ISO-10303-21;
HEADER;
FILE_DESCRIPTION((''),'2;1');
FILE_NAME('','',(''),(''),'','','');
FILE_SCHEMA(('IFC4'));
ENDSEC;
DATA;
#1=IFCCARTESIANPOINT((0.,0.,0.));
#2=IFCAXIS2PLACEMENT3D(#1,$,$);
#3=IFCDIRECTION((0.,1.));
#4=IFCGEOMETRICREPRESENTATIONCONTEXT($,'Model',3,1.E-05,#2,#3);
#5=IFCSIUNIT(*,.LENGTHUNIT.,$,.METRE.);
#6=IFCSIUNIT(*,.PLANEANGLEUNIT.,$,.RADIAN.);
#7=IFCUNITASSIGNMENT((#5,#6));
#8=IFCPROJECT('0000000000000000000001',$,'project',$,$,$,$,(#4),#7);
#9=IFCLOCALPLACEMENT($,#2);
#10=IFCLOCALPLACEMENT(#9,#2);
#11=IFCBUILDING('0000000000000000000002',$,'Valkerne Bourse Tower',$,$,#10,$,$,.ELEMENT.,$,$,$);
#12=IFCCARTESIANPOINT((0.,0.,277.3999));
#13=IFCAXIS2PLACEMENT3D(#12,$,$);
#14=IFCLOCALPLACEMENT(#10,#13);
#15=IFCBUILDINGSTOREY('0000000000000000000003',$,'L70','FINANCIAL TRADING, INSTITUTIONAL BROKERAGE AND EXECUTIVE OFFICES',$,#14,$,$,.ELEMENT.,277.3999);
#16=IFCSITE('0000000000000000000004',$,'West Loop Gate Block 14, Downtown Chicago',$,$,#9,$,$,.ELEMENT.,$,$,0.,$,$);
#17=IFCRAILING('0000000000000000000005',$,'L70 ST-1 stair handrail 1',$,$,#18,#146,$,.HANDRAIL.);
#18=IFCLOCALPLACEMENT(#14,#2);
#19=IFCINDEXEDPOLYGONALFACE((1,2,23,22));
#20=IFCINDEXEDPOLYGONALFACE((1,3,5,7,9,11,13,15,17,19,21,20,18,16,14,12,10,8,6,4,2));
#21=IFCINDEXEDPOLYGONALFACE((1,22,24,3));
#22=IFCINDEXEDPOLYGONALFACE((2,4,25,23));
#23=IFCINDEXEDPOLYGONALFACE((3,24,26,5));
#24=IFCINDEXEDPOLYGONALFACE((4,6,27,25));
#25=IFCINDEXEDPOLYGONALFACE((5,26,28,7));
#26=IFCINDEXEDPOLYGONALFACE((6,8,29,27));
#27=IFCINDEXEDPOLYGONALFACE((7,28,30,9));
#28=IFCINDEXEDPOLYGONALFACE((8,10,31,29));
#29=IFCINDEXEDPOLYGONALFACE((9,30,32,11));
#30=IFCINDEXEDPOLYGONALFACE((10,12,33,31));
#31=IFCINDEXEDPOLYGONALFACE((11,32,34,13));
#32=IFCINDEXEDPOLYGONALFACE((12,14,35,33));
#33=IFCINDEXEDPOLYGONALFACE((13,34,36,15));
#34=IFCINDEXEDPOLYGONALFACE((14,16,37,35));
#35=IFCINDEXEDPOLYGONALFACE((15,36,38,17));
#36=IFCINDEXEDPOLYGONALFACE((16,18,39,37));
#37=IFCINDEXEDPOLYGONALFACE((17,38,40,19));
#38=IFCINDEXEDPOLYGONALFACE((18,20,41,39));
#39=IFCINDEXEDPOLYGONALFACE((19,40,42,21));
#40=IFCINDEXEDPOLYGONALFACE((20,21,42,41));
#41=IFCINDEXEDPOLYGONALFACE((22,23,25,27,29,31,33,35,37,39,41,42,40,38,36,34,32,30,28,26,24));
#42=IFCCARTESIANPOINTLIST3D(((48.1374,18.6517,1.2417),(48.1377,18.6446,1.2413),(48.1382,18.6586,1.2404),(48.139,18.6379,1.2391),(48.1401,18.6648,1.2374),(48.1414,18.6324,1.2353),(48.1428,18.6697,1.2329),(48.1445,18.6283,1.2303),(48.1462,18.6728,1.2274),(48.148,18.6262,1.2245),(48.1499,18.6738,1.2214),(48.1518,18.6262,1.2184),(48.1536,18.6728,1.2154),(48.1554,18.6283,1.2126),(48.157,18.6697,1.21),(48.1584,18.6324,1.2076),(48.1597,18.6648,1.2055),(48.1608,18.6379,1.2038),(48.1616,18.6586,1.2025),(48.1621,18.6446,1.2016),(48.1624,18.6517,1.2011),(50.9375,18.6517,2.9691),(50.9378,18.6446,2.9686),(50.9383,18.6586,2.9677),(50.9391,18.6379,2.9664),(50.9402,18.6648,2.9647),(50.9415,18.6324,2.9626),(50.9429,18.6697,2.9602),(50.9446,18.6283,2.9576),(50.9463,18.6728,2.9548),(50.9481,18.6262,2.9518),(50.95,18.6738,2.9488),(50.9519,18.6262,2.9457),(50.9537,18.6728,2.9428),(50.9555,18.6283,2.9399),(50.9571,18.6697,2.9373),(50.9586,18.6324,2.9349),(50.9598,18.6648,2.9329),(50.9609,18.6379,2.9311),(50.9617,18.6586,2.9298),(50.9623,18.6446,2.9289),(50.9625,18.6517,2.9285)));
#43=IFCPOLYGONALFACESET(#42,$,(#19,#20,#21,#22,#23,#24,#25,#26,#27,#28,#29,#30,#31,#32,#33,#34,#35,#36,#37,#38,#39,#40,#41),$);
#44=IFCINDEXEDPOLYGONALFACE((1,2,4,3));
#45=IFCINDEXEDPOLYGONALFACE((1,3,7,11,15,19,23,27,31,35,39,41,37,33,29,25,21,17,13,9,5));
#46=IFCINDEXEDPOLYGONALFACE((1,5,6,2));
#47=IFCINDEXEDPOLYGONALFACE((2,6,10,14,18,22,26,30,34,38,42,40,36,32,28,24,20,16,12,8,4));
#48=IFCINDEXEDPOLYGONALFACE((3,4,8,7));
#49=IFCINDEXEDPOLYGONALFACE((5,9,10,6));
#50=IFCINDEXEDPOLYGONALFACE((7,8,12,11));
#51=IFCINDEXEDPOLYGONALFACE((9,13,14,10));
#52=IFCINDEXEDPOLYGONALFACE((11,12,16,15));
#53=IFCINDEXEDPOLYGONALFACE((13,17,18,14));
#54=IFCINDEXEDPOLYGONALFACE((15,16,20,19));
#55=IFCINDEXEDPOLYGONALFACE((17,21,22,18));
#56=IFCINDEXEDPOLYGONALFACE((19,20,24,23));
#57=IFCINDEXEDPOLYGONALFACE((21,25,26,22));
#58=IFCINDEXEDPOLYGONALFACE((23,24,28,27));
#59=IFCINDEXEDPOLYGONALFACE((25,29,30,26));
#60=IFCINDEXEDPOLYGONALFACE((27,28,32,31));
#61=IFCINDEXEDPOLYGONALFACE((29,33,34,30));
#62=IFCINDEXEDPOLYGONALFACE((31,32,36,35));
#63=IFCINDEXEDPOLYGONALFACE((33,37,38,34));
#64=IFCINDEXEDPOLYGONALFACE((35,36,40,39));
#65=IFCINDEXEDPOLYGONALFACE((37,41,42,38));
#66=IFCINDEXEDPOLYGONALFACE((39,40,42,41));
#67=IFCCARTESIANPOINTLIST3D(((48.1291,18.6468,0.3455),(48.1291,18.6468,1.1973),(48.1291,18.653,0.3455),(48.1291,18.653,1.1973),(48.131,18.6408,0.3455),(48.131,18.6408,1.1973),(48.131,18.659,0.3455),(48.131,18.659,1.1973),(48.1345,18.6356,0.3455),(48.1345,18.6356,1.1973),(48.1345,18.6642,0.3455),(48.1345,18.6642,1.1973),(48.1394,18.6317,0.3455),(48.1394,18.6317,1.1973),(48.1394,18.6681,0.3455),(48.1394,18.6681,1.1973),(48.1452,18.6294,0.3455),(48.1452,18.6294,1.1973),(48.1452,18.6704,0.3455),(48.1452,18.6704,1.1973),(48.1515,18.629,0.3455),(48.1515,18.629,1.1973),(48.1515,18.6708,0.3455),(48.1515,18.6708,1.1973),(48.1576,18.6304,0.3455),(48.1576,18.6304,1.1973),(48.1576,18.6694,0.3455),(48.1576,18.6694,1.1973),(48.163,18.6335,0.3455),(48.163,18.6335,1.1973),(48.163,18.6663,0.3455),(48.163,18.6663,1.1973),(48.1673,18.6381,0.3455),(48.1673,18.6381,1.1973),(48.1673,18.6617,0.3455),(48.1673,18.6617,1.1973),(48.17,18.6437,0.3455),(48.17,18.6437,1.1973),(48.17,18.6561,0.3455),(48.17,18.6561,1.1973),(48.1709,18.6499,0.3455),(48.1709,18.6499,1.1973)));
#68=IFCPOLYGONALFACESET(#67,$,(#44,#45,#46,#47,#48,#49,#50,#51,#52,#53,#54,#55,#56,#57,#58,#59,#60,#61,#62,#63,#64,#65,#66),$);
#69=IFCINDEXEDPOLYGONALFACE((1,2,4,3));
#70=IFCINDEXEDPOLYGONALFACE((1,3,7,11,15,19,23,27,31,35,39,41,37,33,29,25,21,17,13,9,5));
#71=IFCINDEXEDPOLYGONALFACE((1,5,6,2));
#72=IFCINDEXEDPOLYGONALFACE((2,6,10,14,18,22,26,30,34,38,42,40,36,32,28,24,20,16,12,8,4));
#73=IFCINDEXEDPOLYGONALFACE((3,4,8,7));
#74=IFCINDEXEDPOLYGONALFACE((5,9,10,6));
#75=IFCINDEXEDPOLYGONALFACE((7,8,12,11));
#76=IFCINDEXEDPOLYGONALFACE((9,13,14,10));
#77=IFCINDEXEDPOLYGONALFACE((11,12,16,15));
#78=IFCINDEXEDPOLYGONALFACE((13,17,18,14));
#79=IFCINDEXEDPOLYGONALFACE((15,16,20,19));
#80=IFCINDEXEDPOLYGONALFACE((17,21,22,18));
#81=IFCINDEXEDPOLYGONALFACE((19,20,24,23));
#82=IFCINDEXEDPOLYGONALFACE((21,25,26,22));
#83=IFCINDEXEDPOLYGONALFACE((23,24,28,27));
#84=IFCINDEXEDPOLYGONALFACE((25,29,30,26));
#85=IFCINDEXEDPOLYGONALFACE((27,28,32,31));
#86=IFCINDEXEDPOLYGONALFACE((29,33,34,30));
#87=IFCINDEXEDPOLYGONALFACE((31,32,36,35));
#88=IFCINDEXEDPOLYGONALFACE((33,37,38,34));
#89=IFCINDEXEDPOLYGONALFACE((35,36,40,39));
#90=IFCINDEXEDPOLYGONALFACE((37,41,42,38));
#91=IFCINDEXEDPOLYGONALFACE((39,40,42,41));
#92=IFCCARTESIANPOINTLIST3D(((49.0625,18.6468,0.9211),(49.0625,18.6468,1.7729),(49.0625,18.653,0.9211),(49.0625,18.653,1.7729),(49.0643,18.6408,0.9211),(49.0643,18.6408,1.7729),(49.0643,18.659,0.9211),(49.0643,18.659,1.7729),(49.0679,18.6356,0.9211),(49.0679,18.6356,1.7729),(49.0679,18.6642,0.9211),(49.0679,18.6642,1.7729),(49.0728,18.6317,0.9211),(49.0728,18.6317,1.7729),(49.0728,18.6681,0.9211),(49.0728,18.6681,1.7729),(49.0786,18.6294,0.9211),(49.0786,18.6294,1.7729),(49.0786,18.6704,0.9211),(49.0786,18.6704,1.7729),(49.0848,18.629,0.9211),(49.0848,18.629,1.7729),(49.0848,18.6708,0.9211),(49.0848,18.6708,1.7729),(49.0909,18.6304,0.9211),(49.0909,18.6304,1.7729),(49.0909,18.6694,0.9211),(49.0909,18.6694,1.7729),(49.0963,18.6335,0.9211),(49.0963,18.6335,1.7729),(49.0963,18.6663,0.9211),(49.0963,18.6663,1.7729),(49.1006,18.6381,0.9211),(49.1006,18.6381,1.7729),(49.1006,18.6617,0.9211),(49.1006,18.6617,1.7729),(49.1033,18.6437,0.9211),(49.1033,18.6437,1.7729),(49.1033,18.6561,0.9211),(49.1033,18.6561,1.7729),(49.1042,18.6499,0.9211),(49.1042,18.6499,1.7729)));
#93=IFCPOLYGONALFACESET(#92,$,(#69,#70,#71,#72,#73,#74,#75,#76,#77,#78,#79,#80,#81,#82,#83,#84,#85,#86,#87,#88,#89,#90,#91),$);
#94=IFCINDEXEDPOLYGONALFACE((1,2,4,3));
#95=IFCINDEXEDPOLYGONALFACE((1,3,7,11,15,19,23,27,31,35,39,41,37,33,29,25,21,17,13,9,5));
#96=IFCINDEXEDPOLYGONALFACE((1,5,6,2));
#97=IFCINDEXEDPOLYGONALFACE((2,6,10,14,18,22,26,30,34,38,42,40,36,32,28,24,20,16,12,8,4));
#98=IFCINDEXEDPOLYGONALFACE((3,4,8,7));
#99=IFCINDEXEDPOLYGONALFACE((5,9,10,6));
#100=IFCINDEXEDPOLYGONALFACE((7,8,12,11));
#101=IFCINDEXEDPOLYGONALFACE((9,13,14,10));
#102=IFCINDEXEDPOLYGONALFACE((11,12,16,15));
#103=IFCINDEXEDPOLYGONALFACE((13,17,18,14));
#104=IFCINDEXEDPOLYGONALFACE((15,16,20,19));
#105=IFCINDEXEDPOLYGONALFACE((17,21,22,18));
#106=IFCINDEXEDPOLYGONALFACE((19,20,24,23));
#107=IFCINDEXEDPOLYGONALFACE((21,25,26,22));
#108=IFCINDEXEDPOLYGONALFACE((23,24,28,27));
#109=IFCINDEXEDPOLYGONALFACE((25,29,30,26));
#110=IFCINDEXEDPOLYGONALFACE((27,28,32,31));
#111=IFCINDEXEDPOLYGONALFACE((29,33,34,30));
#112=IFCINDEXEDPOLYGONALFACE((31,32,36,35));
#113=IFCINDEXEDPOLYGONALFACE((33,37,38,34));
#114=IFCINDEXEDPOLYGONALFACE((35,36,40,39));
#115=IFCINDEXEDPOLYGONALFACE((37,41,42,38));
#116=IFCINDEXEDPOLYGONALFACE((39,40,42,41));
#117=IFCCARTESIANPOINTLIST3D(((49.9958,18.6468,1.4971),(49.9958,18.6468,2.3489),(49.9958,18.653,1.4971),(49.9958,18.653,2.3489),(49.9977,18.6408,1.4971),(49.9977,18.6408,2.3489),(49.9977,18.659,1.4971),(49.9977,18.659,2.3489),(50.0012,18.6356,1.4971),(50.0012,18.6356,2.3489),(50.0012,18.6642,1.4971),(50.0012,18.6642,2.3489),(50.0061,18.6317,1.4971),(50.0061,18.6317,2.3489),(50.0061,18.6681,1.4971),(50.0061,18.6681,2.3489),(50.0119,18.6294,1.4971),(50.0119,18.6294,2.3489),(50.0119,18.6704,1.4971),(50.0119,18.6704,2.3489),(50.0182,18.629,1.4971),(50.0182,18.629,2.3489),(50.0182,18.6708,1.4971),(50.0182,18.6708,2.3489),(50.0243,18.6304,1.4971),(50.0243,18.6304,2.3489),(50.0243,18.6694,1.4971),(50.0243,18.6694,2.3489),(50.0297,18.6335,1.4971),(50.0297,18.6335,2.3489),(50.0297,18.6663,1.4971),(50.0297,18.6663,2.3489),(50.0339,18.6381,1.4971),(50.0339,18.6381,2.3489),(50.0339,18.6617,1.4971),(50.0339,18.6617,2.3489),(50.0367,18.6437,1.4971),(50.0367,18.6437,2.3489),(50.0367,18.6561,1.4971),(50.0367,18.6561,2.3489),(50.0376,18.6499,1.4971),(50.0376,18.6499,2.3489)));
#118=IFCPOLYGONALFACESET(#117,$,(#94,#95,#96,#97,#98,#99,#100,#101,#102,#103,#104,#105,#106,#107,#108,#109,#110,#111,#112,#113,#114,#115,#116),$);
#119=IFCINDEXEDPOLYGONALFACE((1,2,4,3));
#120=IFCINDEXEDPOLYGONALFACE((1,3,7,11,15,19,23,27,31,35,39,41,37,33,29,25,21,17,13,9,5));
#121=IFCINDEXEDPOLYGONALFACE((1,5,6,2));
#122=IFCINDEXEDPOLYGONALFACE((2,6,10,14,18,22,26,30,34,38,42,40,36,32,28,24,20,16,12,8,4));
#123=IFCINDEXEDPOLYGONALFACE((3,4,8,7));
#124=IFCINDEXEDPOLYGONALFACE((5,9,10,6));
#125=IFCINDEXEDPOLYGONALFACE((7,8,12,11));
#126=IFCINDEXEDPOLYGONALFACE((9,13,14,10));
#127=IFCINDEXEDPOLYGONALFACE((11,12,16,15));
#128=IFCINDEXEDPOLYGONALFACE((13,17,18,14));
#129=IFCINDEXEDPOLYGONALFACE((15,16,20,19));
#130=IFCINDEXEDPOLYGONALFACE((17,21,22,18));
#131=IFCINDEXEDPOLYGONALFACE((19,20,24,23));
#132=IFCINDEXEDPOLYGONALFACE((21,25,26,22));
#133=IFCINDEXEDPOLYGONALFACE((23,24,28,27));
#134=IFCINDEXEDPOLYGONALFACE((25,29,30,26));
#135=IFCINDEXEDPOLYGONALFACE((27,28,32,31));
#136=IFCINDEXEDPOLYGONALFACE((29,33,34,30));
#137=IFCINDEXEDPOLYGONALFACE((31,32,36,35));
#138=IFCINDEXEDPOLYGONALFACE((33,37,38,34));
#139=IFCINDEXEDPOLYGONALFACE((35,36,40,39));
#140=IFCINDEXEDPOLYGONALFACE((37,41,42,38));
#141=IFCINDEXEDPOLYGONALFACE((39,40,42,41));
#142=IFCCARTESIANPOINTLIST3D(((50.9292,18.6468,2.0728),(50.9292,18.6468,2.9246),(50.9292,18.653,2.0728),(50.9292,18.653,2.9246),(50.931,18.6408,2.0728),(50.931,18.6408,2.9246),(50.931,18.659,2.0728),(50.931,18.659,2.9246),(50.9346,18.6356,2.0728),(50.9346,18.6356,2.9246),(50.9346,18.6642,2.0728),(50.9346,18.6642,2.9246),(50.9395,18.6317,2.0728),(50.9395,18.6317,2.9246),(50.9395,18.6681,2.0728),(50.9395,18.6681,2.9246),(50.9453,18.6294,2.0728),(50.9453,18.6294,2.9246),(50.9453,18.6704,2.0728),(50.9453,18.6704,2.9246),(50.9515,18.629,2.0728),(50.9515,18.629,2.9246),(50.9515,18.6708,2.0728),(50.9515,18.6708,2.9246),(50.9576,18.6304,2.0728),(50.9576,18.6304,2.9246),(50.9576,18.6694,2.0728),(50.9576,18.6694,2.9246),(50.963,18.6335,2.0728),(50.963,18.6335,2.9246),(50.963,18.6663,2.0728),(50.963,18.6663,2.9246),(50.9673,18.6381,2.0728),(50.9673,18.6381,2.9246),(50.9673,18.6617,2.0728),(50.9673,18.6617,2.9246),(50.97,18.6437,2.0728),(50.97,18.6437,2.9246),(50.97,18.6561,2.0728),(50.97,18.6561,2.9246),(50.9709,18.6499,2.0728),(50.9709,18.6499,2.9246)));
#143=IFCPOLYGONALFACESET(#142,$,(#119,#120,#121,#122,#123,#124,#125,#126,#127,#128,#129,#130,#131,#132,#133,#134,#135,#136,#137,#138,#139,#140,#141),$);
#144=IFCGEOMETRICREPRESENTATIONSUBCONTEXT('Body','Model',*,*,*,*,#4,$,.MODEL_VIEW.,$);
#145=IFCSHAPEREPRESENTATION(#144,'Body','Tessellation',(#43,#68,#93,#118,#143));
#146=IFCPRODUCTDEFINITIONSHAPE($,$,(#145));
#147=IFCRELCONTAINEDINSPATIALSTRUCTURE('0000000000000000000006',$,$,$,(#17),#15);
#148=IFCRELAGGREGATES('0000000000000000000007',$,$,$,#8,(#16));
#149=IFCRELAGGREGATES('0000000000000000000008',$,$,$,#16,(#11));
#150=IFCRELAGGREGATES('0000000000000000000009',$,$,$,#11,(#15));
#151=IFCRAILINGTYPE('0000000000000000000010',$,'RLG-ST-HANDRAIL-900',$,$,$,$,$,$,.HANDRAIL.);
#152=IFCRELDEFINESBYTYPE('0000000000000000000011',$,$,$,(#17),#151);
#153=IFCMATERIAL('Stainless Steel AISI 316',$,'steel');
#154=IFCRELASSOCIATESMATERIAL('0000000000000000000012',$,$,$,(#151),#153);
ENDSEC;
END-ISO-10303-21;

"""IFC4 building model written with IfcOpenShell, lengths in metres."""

from ifc_helpers import new_model, si_unit, direction, frame, origin, origin_2d, place, context, subcontext, project, spatial, circle, extrude, material, type_object, element, save


model = new_model("IFC4")

# Units and contexts
model_context = context("Model", 3, precision=1e-05, world=origin(), true_north=direction((0.0, 1.0)))
body_context = subcontext(model_context, "Body", "Model", "MODEL_VIEW")
ifc_project = project(units=[si_unit("LENGTHUNIT", "METRE"), si_unit("PLANEANGLEUNIT", "RADIAN")], contexts=[model_context])

# Site, building, storey
site_placement = place(None, origin())
site = spatial("IfcSite", under=ifc_project, at=site_placement, Name="West Loop Gate Block 14, Downtown Chicago", CompositionType="ELEMENT", RefElevation=0.0)
building_placement = place(site_placement, origin())
building = spatial("IfcBuilding", under=site, at=building_placement, Name="Valkerne Bourse Tower", CompositionType="ELEMENT")
storey_placement = place(building_placement, frame((0.0, 0.0, 277.3999)))
storey = spatial("IfcBuildingStorey", under=building, at=storey_placement, Name="L70", Description="FINANCIAL TRADING, INSTITUTIONAL BROKERAGE AND EXECUTIVE OFFICES", CompositionType="ELEMENT", Elevation=277.3999)

# Shared definitions
ifc_material_1 = material(Name="Stainless Steel AISI 316", Category="steel")

# Railing
railing_type_1 = type_object("IfcRailingType", Name="RLG-ST-HANDRAIL-900", PredefinedType="HANDRAIL", material=ifc_material_1)
railing_1_placement = place(storey_placement, frame((48.1499, 18.6499, 0.3455)))
element("IfcRailing", 1, at=railing_1_placement, inside=storey, type_object=railing_type_1, Name="L70 ST-1 stair handrail 1", PredefinedType="HANDRAIL", context=body_context, shape_type="SweptSolid", body=[
    extrude(circle(Radius=0.0239, at=origin_2d()), frame((0.0, 0.0, 0.876), z_axis=(0.85109, 0.0, 0.52502), x_axis=(0.0, 1.0, 0.0)), (0.0, 0.0, 1.0), 3.29),
    extrude(circle(Radius=0.021, at=origin_2d()), origin(), (0.0, 0.0, 1.0), 0.8518),
    extrude(circle(Radius=0.021, at=origin_2d()), frame((0.9333, 0.0, 0.5757)), (0.0, 0.0, 1.0), 0.8518),
    extrude(circle(Radius=0.021, at=origin_2d()), frame((1.8667, 0.0, 1.1516)), (0.0, 0.0, 1.0), 0.8518),
    extrude(circle(Radius=0.021, at=origin_2d()), frame((2.8, 0.0, 1.7273)), (0.0, 0.0, 1.0), 0.8518),
])

save(model, "model.ifc")
